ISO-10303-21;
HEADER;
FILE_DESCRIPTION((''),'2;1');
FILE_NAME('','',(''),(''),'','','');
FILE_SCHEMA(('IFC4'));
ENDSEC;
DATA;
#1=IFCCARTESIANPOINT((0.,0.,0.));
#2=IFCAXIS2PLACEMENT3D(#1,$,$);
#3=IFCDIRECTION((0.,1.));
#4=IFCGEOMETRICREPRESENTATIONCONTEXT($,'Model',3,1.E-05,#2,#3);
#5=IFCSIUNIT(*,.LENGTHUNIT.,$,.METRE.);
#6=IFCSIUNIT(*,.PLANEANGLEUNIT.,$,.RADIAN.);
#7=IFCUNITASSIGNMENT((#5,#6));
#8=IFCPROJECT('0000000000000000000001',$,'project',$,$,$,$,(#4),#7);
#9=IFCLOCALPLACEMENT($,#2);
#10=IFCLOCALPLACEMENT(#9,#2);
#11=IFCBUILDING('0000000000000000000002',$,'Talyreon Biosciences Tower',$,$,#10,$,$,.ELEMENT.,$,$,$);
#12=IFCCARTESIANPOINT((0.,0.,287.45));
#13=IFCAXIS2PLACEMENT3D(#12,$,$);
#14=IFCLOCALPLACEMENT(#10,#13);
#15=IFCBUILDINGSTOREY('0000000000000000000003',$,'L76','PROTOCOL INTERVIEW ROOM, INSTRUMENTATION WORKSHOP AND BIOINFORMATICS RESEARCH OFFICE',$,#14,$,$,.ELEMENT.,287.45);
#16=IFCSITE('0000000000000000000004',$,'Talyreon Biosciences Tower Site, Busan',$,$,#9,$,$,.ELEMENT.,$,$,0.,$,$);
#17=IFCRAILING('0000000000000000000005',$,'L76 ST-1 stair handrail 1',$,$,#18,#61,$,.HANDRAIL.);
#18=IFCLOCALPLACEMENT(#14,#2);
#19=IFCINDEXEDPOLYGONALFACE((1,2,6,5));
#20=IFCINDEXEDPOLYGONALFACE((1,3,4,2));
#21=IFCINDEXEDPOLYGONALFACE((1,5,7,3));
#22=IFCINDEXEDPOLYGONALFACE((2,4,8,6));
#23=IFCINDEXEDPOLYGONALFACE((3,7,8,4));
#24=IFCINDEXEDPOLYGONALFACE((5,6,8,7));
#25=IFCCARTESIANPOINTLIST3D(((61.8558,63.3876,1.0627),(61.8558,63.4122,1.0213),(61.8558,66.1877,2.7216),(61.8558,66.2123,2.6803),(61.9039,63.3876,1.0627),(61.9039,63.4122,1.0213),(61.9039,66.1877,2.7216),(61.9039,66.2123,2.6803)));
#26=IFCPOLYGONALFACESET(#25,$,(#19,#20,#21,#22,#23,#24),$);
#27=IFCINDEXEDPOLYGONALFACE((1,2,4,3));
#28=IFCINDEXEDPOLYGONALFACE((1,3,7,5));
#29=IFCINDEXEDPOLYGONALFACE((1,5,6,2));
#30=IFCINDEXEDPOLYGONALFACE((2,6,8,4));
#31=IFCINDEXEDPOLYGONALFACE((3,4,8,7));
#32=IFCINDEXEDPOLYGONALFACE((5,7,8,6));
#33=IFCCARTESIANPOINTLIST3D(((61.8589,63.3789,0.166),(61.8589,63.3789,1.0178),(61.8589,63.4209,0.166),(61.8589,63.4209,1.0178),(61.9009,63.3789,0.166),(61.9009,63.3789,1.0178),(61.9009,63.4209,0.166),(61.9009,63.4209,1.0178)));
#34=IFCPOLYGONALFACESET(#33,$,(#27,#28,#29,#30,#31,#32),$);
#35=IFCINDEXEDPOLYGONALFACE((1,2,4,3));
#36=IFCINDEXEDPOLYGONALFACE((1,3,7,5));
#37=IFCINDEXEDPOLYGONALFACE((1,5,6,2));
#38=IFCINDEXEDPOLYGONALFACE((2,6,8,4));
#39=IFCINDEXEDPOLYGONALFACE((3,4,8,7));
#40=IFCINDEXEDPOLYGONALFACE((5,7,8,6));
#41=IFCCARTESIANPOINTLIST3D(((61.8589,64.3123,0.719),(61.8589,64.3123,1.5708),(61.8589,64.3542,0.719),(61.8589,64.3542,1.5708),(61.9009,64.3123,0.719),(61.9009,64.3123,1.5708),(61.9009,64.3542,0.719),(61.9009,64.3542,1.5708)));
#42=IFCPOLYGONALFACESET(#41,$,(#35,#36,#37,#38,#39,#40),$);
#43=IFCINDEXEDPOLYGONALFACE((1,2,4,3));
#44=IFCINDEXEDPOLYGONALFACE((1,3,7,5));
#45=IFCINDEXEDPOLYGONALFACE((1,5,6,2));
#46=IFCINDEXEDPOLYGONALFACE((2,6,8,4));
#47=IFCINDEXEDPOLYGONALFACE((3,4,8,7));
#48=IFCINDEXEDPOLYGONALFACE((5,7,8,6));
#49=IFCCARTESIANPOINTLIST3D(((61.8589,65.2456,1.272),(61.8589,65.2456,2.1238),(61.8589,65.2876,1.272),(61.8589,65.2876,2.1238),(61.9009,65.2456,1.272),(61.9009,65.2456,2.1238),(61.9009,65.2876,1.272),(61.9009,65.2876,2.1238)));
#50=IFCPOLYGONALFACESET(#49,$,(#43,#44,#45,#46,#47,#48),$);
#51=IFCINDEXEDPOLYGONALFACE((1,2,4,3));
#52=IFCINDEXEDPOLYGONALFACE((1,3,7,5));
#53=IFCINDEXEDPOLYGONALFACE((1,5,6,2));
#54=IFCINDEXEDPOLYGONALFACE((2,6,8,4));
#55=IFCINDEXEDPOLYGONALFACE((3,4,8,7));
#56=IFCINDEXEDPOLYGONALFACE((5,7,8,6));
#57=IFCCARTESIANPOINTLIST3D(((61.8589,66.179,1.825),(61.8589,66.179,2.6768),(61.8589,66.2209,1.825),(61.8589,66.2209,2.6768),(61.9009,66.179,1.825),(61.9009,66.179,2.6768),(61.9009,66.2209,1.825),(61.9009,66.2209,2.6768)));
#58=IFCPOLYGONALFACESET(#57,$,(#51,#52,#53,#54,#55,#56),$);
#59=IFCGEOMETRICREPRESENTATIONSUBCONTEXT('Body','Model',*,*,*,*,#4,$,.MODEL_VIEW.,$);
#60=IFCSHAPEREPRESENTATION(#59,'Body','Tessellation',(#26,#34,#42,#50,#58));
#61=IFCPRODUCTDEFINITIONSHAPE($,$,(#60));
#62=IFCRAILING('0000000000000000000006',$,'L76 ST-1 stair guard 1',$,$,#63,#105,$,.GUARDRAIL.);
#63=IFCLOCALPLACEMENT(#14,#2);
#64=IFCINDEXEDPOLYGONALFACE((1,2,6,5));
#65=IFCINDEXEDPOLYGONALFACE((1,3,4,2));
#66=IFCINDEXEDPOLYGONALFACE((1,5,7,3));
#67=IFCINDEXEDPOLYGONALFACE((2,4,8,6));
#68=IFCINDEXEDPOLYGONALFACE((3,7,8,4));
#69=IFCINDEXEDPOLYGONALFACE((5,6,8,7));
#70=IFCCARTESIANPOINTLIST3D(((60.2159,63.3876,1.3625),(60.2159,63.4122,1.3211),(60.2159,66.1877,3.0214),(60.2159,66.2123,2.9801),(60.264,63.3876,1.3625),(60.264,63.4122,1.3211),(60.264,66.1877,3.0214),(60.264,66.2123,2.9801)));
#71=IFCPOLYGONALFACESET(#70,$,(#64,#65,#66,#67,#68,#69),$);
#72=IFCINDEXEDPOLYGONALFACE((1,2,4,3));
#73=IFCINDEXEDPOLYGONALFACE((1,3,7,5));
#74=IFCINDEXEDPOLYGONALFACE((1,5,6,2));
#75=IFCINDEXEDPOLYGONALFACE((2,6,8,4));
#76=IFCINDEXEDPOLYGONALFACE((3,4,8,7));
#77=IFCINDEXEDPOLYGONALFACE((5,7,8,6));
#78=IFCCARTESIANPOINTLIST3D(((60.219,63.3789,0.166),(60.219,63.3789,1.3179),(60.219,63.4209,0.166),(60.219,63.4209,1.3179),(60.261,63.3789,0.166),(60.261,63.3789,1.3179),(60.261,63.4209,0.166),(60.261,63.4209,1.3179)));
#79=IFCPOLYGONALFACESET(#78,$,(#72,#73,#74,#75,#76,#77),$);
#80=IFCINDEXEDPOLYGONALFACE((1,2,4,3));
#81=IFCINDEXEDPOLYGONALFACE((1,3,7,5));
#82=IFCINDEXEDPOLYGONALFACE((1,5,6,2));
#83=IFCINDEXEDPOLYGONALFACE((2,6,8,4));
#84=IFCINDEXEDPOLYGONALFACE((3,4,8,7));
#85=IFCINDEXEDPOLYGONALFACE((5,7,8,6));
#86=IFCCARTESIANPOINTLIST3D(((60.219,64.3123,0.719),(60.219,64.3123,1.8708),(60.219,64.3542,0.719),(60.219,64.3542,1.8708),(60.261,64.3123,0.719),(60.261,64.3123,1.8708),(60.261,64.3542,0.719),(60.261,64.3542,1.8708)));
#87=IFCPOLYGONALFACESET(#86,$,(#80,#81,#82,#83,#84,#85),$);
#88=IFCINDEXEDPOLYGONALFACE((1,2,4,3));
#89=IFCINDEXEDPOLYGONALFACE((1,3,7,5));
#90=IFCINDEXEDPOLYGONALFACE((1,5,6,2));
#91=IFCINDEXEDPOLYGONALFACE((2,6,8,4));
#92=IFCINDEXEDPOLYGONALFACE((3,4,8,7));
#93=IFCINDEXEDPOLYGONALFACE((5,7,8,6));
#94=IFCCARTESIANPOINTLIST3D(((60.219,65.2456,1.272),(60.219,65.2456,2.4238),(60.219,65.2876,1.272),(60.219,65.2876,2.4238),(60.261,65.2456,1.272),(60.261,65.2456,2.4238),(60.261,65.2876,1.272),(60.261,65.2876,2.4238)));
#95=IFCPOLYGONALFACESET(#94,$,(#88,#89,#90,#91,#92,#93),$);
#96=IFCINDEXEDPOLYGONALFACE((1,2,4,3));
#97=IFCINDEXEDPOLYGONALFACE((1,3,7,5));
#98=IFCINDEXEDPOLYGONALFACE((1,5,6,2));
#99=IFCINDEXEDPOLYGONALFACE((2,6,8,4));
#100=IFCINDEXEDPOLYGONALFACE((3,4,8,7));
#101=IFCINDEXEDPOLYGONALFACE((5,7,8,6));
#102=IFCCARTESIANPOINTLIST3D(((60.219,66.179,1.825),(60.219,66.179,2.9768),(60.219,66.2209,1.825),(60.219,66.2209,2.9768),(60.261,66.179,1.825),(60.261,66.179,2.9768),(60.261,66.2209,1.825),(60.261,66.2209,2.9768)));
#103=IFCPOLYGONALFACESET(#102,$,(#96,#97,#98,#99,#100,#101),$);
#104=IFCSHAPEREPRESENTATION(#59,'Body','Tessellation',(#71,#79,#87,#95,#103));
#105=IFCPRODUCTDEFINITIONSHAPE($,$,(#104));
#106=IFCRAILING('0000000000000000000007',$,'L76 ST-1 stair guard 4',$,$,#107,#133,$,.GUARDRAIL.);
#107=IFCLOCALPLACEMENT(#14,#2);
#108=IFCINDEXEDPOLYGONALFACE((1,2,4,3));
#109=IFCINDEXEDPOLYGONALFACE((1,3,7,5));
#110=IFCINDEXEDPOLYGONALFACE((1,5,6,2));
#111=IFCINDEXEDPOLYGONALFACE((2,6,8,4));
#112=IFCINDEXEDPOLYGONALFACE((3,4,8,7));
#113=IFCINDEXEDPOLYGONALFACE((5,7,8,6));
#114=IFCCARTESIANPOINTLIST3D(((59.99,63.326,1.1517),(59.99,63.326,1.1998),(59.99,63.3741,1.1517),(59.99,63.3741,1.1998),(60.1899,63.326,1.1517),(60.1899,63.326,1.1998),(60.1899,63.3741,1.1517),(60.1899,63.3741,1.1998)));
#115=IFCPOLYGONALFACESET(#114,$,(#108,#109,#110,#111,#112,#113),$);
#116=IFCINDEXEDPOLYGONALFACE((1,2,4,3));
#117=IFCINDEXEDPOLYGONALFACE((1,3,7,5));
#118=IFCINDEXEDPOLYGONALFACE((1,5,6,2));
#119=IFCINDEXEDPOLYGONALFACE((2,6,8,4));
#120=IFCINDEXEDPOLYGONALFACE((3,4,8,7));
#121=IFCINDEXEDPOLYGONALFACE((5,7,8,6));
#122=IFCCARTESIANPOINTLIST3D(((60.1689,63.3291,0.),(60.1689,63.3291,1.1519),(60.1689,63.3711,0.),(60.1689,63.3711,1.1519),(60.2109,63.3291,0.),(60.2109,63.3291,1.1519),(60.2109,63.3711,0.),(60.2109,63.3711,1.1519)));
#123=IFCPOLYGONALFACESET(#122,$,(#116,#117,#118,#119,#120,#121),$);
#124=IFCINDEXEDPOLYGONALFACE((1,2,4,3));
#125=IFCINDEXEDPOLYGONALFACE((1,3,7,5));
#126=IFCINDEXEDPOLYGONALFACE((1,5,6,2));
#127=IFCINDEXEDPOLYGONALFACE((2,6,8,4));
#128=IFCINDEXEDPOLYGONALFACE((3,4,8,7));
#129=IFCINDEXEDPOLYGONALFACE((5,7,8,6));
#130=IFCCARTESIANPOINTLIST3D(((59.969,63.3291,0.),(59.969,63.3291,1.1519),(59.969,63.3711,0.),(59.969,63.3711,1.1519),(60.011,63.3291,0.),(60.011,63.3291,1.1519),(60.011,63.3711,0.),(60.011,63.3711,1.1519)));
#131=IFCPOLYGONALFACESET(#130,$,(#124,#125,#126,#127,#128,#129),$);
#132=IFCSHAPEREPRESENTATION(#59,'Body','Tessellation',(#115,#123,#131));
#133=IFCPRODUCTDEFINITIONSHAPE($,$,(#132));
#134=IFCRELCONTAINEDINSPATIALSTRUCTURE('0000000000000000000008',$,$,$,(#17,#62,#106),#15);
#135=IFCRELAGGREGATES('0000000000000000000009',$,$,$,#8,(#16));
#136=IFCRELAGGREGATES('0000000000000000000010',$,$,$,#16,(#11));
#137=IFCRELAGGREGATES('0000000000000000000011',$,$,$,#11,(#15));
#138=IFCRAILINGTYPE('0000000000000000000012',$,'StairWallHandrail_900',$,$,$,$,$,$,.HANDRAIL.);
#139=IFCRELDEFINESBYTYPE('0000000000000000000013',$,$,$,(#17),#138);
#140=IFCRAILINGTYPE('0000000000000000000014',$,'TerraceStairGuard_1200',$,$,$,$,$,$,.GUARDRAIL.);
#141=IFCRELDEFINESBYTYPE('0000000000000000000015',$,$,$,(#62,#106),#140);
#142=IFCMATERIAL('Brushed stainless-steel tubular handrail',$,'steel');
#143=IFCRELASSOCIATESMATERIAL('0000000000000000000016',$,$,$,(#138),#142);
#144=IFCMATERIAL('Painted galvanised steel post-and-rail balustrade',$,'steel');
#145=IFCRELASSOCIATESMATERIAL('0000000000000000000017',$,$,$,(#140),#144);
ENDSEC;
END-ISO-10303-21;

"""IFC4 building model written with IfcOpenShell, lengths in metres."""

from ifc_helpers import new_model, si_unit, direction, frame, origin, origin_2d, place, context, subcontext, project, spatial, rectangle, extrude, material, type_object, element, save


model = new_model("IFC4")

# Units and contexts
model_context = context("Model", 3, precision=1e-05, world=origin(), true_north=direction((0.0, 1.0)))
body_context = subcontext(model_context, "Body", "Model", "MODEL_VIEW")
ifc_project = project(units=[si_unit("LENGTHUNIT", "METRE"), si_unit("PLANEANGLEUNIT", "RADIAN")], contexts=[model_context])

# Site, building, storey
site_placement = place(None, origin())
site = spatial("IfcSite", under=ifc_project, at=site_placement, Name="Talyreon Biosciences Tower Site, Busan", CompositionType="ELEMENT", RefElevation=0.0)
building_placement = place(site_placement, origin())
building = spatial("IfcBuilding", under=site, at=building_placement, Name="Talyreon Biosciences Tower", CompositionType="ELEMENT")
storey_placement = place(building_placement, frame((0.0, 0.0, 287.45)))
storey = spatial("IfcBuildingStorey", under=building, at=storey_placement, Name="L76", Description="PROTOCOL INTERVIEW ROOM, INSTRUMENTATION WORKSHOP AND BIOINFORMATICS RESEARCH OFFICE", CompositionType="ELEMENT", Elevation=287.45)

# Railings
ifc_material_1 = material(Name="Brushed stainless-steel tubular handrail", Category="steel")
railing_type_1 = type_object("IfcRailingType", Name="StairWallHandrail_900", PredefinedType="HANDRAIL", material=ifc_material_1)
railing_1_placement = place(storey_placement, frame((61.8799, 63.3999, 0.166)))
element("IfcRailing", 1, at=railing_1_placement, inside=storey, type_object=railing_type_1, Name="L76 ST-1 stair handrail 1", PredefinedType="HANDRAIL", context=body_context, shape_type="SweptSolid", body=[
    extrude(rectangle(XDim=0.0481, YDim=0.0481, at=origin_2d()), frame((0.0, 0.0, 0.876), z_axis=(0.0, 0.860339, 0.509722), x_axis=(-1.0, 0.0, 0.0)), (0.0, 0.0, 1.0), 3.2546),
    extrude(rectangle(XDim=0.042, YDim=0.042, at=origin_2d()), origin(), (0.0, 0.0, 1.0), 0.8518),
    extrude(rectangle(XDim=0.042, YDim=0.042, at=origin_2d()), frame((0.0, 0.9333, 0.553)), (0.0, 0.0, 1.0), 0.8518),
    extrude(rectangle(XDim=0.042, YDim=0.042, at=origin_2d()), frame((0.0, 1.8667, 1.106)), (0.0, 0.0, 1.0), 0.8518),
    extrude(rectangle(XDim=0.042, YDim=0.042, at=origin_2d()), frame((0.0, 2.8, 1.6589)), (0.0, 0.0, 1.0), 0.8518),
])
ifc_material_2 = material(Name="Painted galvanised steel post-and-rail balustrade", Category="steel")
railing_type_2 = type_object("IfcRailingType", Name="TerraceStairGuard_1200", PredefinedType="GUARDRAIL", material=ifc_material_2)
railing_2_placement = place(storey_placement, frame((60.24, 63.3999, 0.166)))
element("IfcRailing", 2, at=railing_2_placement, inside=storey, type_object=railing_type_2, Name="L76 ST-1 stair guard 1", PredefinedType="GUARDRAIL", context=body_context, shape_type="SweptSolid", body=[
    extrude(rectangle(XDim=0.0481, YDim=0.0481, at=origin_2d()), frame((0.0, 0.0, 1.1758), z_axis=(0.0, 0.860339, 0.509722), x_axis=(-1.0, 0.0, 0.0)), (0.0, 0.0, 1.0), 3.2546),
    extrude(rectangle(XDim=0.042, YDim=0.042, at=origin_2d()), origin(), (0.0, 0.0, 1.0), 1.1519),
    extrude(rectangle(XDim=0.042, YDim=0.042, at=origin_2d()), frame((0.0, 0.9333, 0.553)), (0.0, 0.0, 1.0), 1.1519),
    extrude(rectangle(XDim=0.042, YDim=0.042, at=origin_2d()), frame((0.0, 1.8667, 1.106)), (0.0, 0.0, 1.0), 1.1519),
    extrude(rectangle(XDim=0.042, YDim=0.042, at=origin_2d()), frame((0.0, 2.8, 1.6589)), (0.0, 0.0, 1.0), 1.1519),
])
railing_3_placement = place(storey_placement, frame((60.1899, 63.3501, 0.0)))
element("IfcRailing", 3, at=railing_3_placement, inside=storey, type_object=railing_type_2, Name="L76 ST-1 stair guard 4", PredefinedType="GUARDRAIL", context=body_context, shape_type="SweptSolid", body=[
    extrude(rectangle(XDim=0.0481, YDim=0.0481, at=origin_2d()), frame((0.0, 0.0, 1.1758), z_axis=(-1.0, 0.0, 0.0), x_axis=(0.0, -1.0, 0.0)), (0.0, 0.0, 1.0), 0.2),
    extrude(rectangle(XDim=0.042, YDim=0.042, at=origin_2d()), origin(), (0.0, 0.0, 1.0), 1.1519),
    extrude(rectangle(XDim=0.042, YDim=0.042, at=origin_2d()), frame((-0.2, 0.0, 0.0)), (0.0, 0.0, 1.0), 1.1519),
])

save(model, "model.ifc")
